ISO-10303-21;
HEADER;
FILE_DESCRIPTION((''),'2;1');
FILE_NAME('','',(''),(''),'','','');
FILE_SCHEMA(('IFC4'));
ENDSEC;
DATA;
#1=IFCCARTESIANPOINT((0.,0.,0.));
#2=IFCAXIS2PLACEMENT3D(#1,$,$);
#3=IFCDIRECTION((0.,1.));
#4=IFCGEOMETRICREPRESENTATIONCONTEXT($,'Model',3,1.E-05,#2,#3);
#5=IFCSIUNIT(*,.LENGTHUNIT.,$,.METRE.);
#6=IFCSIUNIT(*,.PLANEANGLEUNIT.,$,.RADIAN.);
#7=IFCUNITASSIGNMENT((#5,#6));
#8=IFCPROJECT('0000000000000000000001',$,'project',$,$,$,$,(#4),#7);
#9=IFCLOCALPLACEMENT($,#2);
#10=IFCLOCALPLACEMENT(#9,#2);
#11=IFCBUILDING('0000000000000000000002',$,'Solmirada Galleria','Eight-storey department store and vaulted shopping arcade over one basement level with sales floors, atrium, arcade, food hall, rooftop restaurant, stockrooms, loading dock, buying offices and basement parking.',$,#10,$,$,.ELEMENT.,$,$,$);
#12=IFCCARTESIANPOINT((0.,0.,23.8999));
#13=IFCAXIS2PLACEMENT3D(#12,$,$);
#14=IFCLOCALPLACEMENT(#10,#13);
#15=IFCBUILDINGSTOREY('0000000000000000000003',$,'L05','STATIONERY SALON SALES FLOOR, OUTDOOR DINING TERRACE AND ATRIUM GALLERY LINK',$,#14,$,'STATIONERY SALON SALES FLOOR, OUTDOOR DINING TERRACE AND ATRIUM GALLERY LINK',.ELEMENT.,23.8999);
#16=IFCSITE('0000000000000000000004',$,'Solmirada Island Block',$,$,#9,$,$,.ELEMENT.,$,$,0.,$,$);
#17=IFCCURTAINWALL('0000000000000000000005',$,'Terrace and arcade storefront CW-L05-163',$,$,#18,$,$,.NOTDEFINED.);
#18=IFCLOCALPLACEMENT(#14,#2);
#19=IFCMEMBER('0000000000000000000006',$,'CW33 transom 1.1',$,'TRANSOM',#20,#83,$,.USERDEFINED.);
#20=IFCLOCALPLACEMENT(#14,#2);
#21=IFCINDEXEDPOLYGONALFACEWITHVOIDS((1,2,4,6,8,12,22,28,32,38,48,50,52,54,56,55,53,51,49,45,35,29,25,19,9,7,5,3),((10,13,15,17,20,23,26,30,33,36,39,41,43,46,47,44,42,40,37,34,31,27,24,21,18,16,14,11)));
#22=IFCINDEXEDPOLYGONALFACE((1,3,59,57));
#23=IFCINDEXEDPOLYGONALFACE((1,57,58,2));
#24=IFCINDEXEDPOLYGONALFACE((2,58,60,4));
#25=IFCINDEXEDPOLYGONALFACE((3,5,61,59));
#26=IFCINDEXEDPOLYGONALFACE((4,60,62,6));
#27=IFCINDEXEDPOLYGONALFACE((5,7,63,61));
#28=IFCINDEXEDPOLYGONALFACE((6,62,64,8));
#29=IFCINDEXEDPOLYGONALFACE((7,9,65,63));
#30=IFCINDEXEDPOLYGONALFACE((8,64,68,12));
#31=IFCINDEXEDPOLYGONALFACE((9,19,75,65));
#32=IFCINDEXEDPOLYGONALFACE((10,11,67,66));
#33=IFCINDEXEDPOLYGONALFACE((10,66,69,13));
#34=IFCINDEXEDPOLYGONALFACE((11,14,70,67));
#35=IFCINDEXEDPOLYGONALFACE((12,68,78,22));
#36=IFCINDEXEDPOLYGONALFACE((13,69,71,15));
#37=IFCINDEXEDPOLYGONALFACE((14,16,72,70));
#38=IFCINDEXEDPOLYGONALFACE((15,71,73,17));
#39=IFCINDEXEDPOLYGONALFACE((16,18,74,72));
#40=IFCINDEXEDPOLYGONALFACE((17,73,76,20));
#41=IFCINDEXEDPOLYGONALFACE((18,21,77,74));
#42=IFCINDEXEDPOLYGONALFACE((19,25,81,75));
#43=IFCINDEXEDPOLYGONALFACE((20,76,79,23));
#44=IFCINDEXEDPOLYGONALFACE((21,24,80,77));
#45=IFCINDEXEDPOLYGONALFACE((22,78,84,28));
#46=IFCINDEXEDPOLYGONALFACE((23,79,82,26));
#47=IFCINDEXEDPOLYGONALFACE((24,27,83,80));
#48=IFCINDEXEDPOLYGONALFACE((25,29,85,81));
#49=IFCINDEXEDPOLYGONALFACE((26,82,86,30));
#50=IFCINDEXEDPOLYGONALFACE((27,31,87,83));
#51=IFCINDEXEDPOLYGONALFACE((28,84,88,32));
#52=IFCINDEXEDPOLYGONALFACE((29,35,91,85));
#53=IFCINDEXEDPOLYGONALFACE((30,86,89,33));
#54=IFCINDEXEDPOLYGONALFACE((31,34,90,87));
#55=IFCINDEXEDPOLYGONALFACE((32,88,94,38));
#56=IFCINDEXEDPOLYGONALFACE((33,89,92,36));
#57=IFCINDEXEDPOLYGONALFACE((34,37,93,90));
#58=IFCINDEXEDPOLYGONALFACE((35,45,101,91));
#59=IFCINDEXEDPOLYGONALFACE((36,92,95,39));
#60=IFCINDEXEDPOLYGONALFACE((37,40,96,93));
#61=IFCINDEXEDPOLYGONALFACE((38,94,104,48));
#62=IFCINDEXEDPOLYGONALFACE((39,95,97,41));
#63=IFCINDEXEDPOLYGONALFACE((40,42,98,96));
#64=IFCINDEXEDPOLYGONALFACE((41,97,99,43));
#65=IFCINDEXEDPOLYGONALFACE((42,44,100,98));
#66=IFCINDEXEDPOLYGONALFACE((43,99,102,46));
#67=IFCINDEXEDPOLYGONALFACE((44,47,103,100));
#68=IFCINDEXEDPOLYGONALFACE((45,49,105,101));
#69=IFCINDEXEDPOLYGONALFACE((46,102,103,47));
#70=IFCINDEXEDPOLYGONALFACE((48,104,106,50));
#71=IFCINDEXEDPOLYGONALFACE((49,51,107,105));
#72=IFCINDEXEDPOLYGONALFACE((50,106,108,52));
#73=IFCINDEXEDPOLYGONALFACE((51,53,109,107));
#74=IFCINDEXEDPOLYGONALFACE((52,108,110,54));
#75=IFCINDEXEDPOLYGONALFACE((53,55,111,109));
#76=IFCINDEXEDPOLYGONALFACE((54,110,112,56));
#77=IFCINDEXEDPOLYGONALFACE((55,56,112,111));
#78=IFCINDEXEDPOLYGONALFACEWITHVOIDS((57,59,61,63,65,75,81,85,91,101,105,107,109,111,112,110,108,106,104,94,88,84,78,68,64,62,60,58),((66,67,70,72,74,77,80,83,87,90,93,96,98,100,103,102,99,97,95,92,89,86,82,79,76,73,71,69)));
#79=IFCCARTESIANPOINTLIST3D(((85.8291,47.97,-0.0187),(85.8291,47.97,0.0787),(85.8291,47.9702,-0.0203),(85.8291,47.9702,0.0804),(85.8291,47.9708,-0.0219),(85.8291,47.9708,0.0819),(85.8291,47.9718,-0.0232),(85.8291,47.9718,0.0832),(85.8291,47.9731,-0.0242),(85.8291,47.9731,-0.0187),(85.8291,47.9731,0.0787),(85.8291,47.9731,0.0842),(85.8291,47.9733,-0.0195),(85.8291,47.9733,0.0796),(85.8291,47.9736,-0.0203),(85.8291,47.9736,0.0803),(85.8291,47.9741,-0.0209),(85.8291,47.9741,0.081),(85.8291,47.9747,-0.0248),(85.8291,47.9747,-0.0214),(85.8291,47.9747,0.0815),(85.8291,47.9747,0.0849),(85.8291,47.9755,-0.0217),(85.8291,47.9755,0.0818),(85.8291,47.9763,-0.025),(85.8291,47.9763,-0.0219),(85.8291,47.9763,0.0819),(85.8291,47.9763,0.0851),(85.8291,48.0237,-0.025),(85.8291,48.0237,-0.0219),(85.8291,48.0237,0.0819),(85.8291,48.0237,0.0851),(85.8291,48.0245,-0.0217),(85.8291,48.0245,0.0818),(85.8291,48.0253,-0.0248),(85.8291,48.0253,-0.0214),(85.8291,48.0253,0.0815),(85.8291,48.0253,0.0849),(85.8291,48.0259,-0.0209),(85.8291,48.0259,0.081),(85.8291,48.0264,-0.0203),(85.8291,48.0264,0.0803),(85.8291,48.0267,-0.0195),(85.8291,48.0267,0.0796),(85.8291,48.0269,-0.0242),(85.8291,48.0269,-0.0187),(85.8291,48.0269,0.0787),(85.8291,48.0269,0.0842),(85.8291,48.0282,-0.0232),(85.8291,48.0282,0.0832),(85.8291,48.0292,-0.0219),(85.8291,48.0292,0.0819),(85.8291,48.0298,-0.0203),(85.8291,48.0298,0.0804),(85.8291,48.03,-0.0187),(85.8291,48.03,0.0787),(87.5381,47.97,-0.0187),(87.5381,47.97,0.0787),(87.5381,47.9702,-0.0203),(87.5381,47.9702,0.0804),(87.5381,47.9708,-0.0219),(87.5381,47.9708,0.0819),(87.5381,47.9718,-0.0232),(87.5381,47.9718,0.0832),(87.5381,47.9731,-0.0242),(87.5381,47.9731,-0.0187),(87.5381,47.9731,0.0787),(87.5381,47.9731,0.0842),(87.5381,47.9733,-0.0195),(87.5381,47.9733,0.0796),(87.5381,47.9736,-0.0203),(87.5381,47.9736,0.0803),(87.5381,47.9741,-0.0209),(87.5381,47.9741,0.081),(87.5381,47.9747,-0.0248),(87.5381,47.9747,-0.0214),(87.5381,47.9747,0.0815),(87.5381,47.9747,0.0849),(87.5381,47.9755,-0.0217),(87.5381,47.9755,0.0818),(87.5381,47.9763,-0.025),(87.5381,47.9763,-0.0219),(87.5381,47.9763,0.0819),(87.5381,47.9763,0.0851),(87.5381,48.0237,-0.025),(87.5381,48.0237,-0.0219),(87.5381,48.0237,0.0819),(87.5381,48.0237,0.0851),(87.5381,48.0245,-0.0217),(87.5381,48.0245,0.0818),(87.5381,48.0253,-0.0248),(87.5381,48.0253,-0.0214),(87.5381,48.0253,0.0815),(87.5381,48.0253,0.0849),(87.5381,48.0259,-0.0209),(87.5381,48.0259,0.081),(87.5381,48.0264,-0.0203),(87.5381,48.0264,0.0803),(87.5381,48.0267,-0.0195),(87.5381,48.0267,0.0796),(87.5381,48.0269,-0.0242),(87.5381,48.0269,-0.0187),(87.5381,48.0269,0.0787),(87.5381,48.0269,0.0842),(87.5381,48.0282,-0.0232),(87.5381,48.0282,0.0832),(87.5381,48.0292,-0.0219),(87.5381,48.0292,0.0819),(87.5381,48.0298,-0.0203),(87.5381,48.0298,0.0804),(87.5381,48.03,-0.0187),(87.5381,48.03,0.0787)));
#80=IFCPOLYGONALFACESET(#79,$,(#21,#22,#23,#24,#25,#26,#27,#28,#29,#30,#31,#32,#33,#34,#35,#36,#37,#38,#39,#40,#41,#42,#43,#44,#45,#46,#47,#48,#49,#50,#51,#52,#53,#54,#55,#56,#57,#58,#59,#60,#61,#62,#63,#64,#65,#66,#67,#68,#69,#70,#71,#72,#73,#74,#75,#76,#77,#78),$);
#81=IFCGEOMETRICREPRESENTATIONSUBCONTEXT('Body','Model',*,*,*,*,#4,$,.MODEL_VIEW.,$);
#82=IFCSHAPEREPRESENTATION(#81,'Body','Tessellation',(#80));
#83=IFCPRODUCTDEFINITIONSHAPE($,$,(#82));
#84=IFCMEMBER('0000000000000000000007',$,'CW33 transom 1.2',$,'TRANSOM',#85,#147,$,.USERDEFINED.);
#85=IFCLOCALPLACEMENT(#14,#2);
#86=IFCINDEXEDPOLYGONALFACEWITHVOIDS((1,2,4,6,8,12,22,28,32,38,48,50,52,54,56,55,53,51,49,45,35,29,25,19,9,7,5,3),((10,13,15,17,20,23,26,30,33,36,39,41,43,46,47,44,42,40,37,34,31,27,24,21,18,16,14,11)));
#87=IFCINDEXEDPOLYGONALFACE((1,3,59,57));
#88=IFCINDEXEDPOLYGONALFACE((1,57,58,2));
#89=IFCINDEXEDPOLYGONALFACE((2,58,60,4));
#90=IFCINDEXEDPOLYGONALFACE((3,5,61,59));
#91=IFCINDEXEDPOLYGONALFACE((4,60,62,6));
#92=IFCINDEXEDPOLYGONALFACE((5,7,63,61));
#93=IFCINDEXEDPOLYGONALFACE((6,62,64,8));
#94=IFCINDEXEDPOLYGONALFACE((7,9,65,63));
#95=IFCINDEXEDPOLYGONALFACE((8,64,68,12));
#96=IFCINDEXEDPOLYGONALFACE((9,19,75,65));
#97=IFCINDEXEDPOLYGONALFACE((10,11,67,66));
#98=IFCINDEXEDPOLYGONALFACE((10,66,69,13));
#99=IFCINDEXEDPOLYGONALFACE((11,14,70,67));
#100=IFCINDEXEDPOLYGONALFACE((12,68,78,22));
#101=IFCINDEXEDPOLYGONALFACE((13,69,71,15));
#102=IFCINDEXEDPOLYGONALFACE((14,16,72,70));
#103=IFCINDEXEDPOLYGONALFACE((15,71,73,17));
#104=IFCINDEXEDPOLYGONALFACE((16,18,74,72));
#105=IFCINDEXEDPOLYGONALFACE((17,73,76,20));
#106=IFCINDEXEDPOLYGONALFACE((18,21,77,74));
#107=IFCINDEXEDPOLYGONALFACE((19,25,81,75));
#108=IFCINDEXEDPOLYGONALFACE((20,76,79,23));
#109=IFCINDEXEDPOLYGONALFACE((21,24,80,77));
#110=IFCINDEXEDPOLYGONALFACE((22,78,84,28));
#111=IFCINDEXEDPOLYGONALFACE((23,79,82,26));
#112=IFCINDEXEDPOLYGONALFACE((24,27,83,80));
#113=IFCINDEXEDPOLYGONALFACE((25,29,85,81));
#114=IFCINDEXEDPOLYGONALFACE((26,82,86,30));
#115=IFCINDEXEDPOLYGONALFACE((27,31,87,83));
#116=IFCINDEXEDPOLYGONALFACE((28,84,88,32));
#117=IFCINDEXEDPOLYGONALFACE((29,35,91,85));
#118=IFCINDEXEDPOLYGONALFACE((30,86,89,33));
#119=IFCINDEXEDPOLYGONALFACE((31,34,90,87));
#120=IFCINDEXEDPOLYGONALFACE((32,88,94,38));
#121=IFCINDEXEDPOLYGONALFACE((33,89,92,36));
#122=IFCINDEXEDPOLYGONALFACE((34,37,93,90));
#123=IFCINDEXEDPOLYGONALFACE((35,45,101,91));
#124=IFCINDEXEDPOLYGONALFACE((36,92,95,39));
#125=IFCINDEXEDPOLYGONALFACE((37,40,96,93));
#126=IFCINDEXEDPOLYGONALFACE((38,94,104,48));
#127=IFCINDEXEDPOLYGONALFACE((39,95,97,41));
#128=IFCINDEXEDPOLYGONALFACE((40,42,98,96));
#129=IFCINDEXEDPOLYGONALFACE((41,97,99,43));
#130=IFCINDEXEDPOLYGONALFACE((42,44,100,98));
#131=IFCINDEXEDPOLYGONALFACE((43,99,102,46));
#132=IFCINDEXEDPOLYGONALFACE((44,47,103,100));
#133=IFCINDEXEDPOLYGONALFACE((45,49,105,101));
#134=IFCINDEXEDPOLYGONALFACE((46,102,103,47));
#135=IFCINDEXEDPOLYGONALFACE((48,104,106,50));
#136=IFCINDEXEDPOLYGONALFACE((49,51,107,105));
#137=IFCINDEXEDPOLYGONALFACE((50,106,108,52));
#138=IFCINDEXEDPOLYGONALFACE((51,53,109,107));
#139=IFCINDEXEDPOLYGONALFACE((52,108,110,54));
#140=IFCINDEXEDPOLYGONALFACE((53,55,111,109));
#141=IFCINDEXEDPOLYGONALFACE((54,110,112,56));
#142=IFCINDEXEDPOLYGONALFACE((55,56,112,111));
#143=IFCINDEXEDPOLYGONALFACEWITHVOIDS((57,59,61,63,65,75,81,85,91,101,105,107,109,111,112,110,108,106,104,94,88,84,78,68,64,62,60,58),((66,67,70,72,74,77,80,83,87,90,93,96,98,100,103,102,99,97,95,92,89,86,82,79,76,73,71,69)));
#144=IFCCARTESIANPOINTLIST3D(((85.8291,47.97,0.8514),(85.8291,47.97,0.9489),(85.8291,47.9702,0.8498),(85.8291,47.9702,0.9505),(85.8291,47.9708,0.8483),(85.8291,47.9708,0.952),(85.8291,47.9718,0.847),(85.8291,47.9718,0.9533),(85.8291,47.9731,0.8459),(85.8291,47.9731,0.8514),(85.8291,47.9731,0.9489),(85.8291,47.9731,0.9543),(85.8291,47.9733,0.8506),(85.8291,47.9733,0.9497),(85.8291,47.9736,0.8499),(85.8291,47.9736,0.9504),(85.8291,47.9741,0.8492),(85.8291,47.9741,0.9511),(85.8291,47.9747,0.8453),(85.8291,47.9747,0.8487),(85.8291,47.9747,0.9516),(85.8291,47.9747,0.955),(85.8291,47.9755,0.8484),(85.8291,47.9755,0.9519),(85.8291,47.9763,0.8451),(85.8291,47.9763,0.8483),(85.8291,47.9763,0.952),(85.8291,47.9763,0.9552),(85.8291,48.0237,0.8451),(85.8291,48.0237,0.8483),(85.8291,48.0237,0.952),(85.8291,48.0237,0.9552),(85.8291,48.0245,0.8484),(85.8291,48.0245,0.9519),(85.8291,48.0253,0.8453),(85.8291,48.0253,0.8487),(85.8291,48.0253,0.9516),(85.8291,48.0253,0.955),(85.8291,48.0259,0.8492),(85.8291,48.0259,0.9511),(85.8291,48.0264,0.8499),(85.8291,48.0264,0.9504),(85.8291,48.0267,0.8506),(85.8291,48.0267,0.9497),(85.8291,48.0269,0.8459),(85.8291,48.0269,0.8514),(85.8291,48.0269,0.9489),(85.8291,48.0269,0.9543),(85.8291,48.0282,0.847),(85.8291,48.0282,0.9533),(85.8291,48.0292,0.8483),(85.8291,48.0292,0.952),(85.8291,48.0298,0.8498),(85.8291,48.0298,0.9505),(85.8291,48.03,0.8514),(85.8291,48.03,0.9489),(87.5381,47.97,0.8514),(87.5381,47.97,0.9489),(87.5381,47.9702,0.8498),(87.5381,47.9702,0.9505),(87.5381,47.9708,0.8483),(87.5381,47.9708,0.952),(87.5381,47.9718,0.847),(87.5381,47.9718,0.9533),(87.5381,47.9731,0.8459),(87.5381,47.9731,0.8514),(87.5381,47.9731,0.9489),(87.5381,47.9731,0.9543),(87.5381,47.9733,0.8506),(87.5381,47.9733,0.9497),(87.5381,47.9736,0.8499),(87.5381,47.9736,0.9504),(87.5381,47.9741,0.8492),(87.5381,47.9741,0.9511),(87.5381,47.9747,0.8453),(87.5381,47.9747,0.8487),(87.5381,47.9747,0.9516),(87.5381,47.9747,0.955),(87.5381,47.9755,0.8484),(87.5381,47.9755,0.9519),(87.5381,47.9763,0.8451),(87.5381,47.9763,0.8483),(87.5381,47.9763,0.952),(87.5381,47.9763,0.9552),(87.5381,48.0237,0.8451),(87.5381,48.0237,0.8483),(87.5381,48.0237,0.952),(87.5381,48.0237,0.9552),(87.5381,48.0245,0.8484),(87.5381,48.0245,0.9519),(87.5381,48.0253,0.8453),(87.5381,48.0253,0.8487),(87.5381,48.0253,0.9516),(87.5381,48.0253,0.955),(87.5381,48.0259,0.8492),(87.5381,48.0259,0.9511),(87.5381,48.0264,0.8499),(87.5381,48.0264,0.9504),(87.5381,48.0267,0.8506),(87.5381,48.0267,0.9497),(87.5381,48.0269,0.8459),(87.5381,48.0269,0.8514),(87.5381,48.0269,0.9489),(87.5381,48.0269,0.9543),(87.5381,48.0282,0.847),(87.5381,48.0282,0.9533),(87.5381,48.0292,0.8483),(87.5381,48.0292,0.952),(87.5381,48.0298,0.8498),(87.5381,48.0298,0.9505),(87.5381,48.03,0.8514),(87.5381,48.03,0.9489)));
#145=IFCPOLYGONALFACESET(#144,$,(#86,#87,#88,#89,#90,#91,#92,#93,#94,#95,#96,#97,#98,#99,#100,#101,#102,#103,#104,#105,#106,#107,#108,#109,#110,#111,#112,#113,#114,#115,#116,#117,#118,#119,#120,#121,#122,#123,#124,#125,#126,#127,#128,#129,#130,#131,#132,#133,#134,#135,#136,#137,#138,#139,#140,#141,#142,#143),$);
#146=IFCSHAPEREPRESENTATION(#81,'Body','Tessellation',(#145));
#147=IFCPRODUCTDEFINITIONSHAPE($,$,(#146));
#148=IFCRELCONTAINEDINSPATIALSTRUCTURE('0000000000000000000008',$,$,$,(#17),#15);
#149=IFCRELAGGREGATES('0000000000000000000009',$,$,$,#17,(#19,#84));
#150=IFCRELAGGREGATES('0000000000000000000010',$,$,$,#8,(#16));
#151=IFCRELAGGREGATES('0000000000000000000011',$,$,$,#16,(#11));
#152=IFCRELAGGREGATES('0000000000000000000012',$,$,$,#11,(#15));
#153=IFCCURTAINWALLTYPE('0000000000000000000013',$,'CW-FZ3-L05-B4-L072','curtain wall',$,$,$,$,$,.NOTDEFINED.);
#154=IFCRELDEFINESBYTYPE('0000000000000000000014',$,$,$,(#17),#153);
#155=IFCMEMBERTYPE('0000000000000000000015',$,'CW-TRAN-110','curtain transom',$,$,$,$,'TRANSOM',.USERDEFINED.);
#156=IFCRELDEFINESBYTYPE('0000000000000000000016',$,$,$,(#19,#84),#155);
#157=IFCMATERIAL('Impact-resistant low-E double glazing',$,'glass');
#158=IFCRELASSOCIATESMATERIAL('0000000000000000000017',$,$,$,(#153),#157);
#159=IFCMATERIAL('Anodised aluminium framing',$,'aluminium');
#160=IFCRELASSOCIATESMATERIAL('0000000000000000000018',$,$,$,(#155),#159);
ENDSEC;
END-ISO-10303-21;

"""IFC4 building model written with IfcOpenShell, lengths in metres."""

from ifc_helpers import new_model, si_unit, direction, frame, origin, origin_2d, place, context, subcontext, project, spatial, hollow_rectangle, extrude, material, material_profile, profile_set, type_object, element, aggregate, save


model = new_model("IFC4")

# Units and contexts
model_context = context("Model", 3, precision=1e-05, world=origin(), true_north=direction((0.0, 1.0)))
body_context = subcontext(model_context, "Body", "Model", "MODEL_VIEW")
ifc_project = project(units=[si_unit("LENGTHUNIT", "METRE"), si_unit("PLANEANGLEUNIT", "RADIAN")], contexts=[model_context])

# Site, building, storey
site_placement = place(None, origin())
site = spatial("IfcSite", under=ifc_project, at=site_placement, Name="Solmirada Island Block", CompositionType="ELEMENT", RefElevation=0.0)
building_placement = place(site_placement, origin())
building = spatial("IfcBuilding", under=site, at=building_placement, Name="Solmirada Galleria", Description="Eight-storey department store and vaulted shopping arcade over one basement level with sales floors, atrium, arcade, food hall, rooftop restaurant, stockrooms, loading dock, buying offices and basement parking.", CompositionType="ELEMENT")
storey_placement = place(building_placement, frame((0.0, 0.0, 23.8999)))
storey = spatial("IfcBuildingStorey", under=building, at=storey_placement, Name="L05", Description="STATIONERY SALON SALES FLOOR, OUTDOOR DINING TERRACE AND ATRIUM GALLERY LINK", LongName="STATIONERY SALON SALES FLOOR, OUTDOOR DINING TERRACE AND ATRIUM GALLERY LINK", CompositionType="ELEMENT", Elevation=23.8999)

# Curtain wall, members
ifc_material_1 = material(Name="Impact-resistant low-E double glazing", Category="glass")
curtain_wall_type = type_object("IfcCurtainWallType", Name="CW-FZ3-L05-B4-L072", Description="curtain wall", PredefinedType="NOTDEFINED", material=ifc_material_1)
curtain_wall_placement = place(storey_placement, origin())
curtain_wall = element("IfcCurtainWall", 1, at=curtain_wall_placement, inside=storey, type_object=curtain_wall_type, Name="Terrace and arcade storefront CW-L05-163", PredefinedType="NOTDEFINED")
ifc_material_2 = material(Name="Anodised aluminium framing", Category="aluminium")
ifc_material_profile_1 = material_profile(ifc_material_2, hollow_rectangle(XDim=0.0601, YDim=0.1101, WallThickness=0.0032, InnerFilletRadius=0.0032, OuterFilletRadius=0.0063, at=origin_2d()), Name="ALU-TRAN-110X60")
ifc_profile_set_1 = profile_set([ifc_material_profile_1], Name="Anodised aluminium framing")
member_type_1 = type_object("IfcMemberType", Name="CW-TRAN-110", Description="curtain transom", ElementType="TRANSOM", PredefinedType="USERDEFINED", material=ifc_profile_set_1)
member_1_placement = place(storey_placement, frame((87.5381, 48.0, 0.03), z_axis=(-1.0, 0.0, 0.0), x_axis=(0.0, -1.0, 0.0)))
member_1 = element("IfcMember", 2, at=member_1_placement, type_object=member_type_1, Name="CW33 transom 1.1", ObjectType="TRANSOM", PredefinedType="USERDEFINED", context=body_context, shape_type="SweptSolid", body=[
    extrude(hollow_rectangle(XDim=0.0601, YDim=0.1101, WallThickness=0.0032, InnerFilletRadius=0.0032, OuterFilletRadius=0.0063, at=origin_2d()), origin(), (0.0, 0.0, 1.0), 1.709),
])
member_2_placement = place(storey_placement, frame((87.5381, 48.0, 0.9001), z_axis=(-1.0, 0.0, 0.0), x_axis=(0.0, -1.0, 0.0)))
member_2 = element("IfcMember", 3, at=member_2_placement, type_object=member_type_1, Name="CW33 transom 1.2", ObjectType="TRANSOM", PredefinedType="USERDEFINED", context=body_context, shape_type="SweptSolid", body=[
    extrude(hollow_rectangle(XDim=0.0601, YDim=0.1101, WallThickness=0.0032, InnerFilletRadius=0.0032, OuterFilletRadius=0.0063, at=origin_2d()), origin(), (0.0, 0.0, 1.0), 1.709),
])
aggregate(curtain_wall, [member_1, member_2])

save(model, "model.ifc")
